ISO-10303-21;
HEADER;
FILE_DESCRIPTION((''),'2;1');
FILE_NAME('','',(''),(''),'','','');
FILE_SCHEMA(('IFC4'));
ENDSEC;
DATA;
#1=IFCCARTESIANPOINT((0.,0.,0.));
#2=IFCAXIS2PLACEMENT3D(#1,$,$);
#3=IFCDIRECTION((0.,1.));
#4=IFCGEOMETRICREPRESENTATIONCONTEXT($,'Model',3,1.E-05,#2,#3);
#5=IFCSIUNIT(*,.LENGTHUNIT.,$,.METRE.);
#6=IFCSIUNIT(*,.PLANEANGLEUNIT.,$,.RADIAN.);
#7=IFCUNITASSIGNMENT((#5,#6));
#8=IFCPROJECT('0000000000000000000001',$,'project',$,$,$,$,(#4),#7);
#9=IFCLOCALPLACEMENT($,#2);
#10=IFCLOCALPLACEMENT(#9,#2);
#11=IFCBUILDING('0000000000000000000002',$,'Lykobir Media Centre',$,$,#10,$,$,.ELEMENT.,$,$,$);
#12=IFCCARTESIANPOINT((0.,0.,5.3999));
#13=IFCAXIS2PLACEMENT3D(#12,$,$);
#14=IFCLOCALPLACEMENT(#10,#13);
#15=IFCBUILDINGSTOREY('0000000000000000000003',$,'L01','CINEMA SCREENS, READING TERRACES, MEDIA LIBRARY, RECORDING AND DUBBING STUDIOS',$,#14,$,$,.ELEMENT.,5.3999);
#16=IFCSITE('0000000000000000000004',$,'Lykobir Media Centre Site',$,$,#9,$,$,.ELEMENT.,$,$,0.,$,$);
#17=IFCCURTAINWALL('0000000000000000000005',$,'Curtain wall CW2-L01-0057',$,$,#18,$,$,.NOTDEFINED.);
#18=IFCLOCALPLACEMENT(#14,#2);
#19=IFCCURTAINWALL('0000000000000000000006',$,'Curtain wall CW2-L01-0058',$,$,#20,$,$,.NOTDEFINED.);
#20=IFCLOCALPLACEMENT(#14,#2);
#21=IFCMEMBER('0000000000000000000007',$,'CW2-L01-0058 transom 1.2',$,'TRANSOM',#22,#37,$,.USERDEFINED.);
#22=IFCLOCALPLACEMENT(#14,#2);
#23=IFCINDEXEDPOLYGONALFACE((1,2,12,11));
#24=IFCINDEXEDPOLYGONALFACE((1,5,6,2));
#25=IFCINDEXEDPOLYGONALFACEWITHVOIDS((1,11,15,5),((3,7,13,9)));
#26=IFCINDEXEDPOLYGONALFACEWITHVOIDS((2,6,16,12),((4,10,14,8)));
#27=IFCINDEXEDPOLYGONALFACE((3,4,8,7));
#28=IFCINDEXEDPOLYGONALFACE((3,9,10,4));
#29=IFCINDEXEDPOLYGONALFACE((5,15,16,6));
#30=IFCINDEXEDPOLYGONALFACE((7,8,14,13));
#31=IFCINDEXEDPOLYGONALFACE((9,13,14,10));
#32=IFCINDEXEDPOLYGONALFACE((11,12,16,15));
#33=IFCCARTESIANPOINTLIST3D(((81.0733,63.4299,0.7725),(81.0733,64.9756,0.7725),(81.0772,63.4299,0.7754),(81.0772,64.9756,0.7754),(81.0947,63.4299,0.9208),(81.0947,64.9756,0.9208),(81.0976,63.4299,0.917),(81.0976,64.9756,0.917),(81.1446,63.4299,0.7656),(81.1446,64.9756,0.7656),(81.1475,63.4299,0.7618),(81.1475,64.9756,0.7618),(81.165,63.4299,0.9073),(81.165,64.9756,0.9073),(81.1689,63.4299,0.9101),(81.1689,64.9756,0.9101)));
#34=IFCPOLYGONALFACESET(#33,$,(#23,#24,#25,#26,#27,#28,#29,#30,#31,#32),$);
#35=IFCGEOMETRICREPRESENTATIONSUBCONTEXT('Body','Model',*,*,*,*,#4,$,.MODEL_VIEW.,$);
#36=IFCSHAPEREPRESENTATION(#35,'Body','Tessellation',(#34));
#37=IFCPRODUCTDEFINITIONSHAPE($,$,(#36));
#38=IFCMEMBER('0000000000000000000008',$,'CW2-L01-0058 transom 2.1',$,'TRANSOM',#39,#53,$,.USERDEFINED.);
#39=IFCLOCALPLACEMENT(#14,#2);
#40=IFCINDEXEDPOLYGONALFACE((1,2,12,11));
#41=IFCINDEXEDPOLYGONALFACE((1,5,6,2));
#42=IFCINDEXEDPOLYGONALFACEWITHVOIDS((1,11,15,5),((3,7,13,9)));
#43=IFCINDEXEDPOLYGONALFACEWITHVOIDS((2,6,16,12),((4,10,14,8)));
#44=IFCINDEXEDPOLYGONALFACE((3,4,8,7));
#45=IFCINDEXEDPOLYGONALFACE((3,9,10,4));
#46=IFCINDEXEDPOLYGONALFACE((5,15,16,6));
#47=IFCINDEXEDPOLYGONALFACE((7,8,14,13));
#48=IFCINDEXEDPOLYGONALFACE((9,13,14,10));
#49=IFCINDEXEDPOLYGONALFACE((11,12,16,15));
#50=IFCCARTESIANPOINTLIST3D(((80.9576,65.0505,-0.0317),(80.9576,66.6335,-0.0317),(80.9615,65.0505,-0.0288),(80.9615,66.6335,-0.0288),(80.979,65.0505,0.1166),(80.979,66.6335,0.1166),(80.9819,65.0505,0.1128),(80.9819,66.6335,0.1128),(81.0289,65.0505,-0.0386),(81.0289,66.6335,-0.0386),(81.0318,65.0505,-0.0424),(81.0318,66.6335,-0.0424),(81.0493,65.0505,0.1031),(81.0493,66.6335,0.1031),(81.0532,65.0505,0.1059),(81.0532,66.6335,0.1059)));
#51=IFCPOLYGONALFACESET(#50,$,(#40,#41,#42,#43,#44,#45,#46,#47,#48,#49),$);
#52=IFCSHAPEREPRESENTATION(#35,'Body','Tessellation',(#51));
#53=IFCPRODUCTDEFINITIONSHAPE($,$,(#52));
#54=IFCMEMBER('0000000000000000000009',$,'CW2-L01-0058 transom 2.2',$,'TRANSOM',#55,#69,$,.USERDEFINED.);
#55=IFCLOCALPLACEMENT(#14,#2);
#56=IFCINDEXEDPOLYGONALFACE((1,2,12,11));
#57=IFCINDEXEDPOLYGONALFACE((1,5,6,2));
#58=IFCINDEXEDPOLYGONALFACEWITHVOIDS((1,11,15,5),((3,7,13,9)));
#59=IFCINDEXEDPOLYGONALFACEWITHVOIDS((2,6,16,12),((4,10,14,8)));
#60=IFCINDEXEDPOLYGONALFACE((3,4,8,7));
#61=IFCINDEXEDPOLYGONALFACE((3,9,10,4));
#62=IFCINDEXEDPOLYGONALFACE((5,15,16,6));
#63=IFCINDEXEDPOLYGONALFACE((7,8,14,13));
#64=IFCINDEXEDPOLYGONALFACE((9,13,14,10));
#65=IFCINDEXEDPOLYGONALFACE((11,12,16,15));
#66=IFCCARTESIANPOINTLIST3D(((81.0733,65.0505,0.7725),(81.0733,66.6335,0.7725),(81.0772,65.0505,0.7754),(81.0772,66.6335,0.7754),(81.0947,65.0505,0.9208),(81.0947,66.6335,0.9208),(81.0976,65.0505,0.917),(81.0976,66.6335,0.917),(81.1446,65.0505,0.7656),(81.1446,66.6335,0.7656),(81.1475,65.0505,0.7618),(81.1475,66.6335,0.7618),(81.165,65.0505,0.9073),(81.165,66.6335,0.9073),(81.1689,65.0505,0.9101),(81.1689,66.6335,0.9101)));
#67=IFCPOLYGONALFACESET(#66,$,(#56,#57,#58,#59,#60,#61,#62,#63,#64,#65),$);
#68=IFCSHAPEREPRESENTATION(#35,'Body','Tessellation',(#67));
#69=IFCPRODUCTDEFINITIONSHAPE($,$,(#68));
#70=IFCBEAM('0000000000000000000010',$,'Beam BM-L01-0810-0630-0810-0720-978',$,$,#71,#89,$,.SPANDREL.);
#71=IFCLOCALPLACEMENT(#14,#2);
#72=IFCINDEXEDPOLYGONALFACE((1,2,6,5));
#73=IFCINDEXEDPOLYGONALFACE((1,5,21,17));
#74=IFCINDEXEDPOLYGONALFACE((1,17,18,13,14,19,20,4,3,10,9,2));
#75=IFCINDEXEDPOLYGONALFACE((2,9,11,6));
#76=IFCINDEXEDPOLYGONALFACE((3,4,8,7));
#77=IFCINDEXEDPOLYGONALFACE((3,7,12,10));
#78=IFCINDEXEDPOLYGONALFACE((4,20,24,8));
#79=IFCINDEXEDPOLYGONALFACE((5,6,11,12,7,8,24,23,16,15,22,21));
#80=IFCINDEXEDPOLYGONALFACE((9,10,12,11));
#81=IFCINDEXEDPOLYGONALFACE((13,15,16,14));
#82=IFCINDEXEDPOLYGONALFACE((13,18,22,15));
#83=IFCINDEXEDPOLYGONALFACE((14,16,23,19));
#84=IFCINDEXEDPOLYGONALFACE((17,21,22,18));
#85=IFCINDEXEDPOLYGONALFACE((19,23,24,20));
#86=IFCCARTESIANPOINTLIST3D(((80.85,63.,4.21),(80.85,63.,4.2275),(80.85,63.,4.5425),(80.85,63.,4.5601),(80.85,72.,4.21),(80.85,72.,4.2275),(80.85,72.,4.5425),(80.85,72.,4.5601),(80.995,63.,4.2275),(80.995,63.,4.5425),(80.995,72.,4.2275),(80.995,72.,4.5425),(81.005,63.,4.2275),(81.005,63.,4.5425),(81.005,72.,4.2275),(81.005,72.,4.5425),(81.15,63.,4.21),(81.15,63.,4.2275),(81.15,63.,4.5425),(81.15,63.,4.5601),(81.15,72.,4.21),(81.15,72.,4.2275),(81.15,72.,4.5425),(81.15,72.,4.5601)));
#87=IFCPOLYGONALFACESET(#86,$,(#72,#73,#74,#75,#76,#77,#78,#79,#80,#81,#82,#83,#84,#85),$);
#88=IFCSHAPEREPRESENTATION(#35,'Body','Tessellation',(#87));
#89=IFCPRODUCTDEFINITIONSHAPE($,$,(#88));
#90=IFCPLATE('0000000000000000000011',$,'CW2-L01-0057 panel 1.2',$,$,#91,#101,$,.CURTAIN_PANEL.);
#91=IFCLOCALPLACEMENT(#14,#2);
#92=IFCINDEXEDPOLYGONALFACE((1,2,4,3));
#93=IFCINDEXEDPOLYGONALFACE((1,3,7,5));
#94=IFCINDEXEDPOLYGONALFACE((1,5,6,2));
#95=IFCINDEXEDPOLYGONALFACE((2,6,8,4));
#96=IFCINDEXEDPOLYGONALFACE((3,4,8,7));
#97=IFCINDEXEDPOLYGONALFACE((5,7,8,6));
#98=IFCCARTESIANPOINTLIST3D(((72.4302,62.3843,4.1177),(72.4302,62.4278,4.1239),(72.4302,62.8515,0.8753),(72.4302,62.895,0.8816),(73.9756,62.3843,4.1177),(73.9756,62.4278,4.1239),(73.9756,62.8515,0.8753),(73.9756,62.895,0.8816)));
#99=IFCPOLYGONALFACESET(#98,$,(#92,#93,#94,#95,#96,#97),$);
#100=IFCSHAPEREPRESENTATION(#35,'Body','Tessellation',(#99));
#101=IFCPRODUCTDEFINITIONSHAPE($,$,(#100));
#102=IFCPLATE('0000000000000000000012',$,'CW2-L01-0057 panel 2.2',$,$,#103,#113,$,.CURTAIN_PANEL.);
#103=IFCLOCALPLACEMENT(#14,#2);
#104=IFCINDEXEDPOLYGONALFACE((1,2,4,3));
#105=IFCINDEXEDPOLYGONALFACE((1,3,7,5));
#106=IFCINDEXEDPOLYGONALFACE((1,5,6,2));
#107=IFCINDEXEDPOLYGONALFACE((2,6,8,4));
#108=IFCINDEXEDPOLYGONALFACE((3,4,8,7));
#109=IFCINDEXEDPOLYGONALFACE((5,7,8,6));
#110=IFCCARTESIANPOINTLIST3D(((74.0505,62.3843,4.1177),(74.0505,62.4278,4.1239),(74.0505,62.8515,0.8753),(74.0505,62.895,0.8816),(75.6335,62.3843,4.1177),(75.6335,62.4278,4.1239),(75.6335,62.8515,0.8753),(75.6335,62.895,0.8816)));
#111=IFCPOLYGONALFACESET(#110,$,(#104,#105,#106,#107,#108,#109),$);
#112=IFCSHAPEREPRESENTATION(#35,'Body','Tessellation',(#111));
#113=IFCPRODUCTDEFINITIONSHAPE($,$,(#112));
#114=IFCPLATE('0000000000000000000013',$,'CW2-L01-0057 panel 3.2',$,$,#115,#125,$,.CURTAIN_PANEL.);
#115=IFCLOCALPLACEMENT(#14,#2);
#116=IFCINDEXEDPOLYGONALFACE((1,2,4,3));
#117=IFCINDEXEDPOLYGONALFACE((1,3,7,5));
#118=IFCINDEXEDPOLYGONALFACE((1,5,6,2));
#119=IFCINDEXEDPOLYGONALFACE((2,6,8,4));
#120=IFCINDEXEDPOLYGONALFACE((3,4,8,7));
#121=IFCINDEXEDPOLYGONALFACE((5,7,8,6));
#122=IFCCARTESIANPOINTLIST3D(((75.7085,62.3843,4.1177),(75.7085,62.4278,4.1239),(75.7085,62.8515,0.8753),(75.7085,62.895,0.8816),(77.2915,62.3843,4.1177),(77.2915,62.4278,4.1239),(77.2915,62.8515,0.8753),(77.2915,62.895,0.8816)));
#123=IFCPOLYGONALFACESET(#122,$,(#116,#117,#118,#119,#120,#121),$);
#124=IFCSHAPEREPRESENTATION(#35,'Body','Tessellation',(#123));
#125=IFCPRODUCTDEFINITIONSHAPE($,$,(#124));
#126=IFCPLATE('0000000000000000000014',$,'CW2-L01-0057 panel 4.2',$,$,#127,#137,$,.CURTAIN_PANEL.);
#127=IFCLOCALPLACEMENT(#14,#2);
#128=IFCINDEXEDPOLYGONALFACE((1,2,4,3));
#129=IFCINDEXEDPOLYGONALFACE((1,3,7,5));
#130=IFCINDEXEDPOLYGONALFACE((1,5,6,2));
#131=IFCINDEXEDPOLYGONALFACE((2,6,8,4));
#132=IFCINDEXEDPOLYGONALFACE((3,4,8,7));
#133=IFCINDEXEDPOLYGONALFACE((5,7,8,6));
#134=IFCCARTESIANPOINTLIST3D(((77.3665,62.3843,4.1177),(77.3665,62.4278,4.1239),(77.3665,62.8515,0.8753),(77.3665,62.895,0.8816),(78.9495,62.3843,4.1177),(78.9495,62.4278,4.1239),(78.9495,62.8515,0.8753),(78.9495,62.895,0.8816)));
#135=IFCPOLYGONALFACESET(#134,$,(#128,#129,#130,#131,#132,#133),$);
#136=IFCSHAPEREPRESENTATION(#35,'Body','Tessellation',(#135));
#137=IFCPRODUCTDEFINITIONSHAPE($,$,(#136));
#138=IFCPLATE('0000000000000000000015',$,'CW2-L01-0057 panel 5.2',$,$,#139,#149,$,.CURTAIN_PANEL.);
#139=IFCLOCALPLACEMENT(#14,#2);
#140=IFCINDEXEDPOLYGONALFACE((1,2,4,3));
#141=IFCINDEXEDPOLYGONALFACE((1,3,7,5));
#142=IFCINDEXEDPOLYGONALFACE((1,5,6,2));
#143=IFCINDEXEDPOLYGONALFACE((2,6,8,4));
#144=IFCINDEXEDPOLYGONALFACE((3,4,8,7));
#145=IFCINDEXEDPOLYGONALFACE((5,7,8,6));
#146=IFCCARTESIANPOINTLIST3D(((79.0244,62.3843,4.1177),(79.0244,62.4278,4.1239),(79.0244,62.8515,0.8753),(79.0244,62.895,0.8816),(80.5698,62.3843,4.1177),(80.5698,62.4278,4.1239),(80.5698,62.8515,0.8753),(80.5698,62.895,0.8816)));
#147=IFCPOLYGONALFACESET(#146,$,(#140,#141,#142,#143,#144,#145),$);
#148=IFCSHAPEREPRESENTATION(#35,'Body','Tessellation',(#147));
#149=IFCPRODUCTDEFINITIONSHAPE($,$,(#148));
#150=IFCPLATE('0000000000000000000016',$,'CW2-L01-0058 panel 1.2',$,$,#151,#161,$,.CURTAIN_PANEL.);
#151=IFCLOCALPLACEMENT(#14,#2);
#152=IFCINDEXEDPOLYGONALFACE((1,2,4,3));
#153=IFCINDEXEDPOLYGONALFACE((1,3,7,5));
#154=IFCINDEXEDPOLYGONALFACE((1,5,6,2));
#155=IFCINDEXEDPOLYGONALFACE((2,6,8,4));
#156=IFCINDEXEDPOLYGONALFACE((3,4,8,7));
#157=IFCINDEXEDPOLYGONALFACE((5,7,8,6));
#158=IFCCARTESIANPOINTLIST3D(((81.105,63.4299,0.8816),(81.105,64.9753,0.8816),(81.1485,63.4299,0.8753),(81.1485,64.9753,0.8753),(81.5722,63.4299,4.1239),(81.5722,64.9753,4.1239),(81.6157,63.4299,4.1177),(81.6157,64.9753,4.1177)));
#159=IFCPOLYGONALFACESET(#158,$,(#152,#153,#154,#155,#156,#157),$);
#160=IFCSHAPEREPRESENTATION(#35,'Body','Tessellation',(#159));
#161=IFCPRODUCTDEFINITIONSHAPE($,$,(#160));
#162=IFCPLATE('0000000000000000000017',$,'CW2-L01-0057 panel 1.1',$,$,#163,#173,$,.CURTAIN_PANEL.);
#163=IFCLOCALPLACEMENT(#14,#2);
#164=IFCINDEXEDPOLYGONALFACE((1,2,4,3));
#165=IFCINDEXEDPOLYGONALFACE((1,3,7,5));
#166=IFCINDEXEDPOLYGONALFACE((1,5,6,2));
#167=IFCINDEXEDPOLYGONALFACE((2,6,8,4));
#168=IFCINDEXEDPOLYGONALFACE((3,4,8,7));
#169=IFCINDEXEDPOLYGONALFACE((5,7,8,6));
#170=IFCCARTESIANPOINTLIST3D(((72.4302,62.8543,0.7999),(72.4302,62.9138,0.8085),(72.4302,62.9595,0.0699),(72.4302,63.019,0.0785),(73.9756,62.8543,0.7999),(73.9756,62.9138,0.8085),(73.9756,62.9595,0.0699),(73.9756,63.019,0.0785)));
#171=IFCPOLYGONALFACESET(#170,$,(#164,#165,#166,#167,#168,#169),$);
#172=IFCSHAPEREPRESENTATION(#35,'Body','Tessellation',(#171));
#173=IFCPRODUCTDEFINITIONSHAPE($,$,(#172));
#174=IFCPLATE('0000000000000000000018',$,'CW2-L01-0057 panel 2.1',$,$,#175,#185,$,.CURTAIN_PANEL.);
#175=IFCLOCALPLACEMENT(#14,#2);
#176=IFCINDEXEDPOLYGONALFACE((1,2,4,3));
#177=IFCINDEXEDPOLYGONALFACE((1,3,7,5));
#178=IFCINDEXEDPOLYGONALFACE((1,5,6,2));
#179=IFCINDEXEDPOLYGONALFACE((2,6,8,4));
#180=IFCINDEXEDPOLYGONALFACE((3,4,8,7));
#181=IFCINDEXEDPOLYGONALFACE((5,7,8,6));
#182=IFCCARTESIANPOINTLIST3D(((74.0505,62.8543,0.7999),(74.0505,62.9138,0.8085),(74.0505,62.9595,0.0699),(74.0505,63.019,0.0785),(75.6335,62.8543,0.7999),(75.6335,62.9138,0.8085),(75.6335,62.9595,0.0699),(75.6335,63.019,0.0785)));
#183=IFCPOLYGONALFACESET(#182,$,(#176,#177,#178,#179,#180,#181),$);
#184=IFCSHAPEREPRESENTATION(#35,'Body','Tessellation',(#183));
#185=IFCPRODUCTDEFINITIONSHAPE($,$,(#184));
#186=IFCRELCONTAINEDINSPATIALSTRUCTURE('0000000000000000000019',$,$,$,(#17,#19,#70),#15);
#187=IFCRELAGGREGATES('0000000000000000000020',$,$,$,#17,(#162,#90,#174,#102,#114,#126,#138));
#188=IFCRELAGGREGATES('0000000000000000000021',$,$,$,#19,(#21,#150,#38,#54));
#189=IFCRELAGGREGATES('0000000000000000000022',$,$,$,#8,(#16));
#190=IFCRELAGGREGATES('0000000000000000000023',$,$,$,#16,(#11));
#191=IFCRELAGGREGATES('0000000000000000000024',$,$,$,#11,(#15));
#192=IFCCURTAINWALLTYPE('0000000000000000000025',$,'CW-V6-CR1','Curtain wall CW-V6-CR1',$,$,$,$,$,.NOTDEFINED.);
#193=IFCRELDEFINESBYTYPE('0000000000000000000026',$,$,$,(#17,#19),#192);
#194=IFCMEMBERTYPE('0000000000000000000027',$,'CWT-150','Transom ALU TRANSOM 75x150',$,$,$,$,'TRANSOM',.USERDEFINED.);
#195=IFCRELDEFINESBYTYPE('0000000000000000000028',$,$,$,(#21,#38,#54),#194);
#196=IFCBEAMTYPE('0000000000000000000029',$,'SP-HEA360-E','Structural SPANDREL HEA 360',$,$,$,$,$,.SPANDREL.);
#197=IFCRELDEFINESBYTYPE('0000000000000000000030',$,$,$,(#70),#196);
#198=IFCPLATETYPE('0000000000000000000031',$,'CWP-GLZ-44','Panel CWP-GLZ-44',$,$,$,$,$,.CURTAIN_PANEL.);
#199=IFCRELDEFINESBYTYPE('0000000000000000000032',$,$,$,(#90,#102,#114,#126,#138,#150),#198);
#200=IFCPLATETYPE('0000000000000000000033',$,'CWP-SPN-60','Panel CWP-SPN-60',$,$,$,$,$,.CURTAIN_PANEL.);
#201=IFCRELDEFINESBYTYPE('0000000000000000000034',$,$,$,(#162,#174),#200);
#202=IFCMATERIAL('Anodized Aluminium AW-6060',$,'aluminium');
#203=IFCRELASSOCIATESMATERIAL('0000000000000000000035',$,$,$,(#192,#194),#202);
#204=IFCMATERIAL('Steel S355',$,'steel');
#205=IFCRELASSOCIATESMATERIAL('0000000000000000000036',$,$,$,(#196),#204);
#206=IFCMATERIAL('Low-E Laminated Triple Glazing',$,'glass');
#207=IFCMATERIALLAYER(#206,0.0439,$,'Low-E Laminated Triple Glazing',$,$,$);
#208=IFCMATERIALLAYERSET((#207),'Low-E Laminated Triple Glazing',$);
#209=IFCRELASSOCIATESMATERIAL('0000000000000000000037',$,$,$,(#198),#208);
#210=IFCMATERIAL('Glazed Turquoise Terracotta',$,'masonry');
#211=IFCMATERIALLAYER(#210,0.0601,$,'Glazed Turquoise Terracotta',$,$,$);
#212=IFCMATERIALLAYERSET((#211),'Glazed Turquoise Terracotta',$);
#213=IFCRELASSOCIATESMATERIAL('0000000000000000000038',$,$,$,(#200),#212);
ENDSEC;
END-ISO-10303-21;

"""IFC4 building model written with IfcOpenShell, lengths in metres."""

from ifc_helpers import new_model, si_unit, direction, frame, origin, origin_2d, place, context, subcontext, project, spatial, rectangle, hollow_rectangle, i_section, extrude, material, layer, layer_set, material_profile, profile_set, type_object, element, aggregate, save


model = new_model("IFC4")

# Units and contexts
model_context = context("Model", 3, precision=1e-05, world=origin(), true_north=direction((0.0, 1.0)))
body_context = subcontext(model_context, "Body", "Model", "MODEL_VIEW")
ifc_project = project(units=[si_unit("LENGTHUNIT", "METRE"), si_unit("PLANEANGLEUNIT", "RADIAN")], contexts=[model_context])

# Site, building, storey
site_placement = place(None, origin())
site = spatial("IfcSite", under=ifc_project, at=site_placement, Name="Lykobir Media Centre Site", CompositionType="ELEMENT", RefElevation=0.0)
building_placement = place(site_placement, origin())
building = spatial("IfcBuilding", under=site, at=building_placement, Name="Lykobir Media Centre", CompositionType="ELEMENT")
storey_placement = place(building_placement, frame((0.0, 0.0, 5.3999)))
storey = spatial("IfcBuildingStorey", under=building, at=storey_placement, Name="L01", Description="CINEMA SCREENS, READING TERRACES, MEDIA LIBRARY, RECORDING AND DUBBING STUDIOS", CompositionType="ELEMENT", Elevation=5.3999)

# Curtain walls
ifc_material_1 = material(Name="Anodized Aluminium AW-6060", Category="aluminium")
curtain_wall_type = type_object("IfcCurtainWallType", Name="CW-V6-CR1", Description="Curtain wall CW-V6-CR1", PredefinedType="NOTDEFINED", material=ifc_material_1)
curtain_wall_1_placement = place(storey_placement, origin())
curtain_wall_1 = element("IfcCurtainWall", 1, at=curtain_wall_1_placement, inside=storey, type_object=curtain_wall_type, Name="Curtain wall CW2-L01-0057", PredefinedType="NOTDEFINED")
curtain_wall_2_placement = place(storey_placement, origin())
curtain_wall_2 = element("IfcCurtainWall", 2, at=curtain_wall_2_placement, inside=storey, type_object=curtain_wall_type, Name="Curtain wall CW2-L01-0058", PredefinedType="NOTDEFINED")

# Members
ifc_material_profile_1 = material_profile(ifc_material_1, hollow_rectangle(XDim=0.075, YDim=0.1499, WallThickness=0.0034, at=origin_2d()), Name="ALU TRANSOM 75x150")
ifc_profile_set_1 = profile_set([ifc_material_profile_1], Name="Anodized Aluminium AW-6060")
member_type_1 = type_object("IfcMemberType", Name="CWT-150", Description="Transom ALU TRANSOM 75x150", ElementType="TRANSOM", PredefinedType="USERDEFINED", material=ifc_profile_set_1)
member_1_placement = place(storey_placement, frame((81.1211, 63.4299, 0.8413), z_axis=(0.0, 1.0, 0.0), x_axis=(-0.989776, 0.0, 0.142629)))
member_1 = element("IfcMember", 3, at=member_1_placement, type_object=member_type_1, Name="CW2-L01-0058 transom 1.2", ObjectType="TRANSOM", PredefinedType="USERDEFINED", context=body_context, shape_type="SweptSolid", body=[
    extrude(hollow_rectangle(XDim=0.075, YDim=0.1499, WallThickness=0.0034, at=origin_2d()), origin(), (0.0, 0.0, 1.0), 1.5457),
])
member_2_placement = place(storey_placement, frame((81.0054, 65.0505, 0.0371), z_axis=(0.0, 1.0, 0.0), x_axis=(-0.989776, 0.0, 0.142629)))
member_2 = element("IfcMember", 4, at=member_2_placement, type_object=member_type_1, Name="CW2-L01-0058 transom 2.1", ObjectType="TRANSOM", PredefinedType="USERDEFINED", context=body_context, shape_type="SweptSolid", body=[
    extrude(hollow_rectangle(XDim=0.075, YDim=0.1499, WallThickness=0.0034, at=origin_2d()), origin(), (0.0, 0.0, 1.0), 1.583),
])
member_3_placement = place(storey_placement, frame((81.1211, 65.0505, 0.8413), z_axis=(0.0, 1.0, 0.0), x_axis=(-0.989776, 0.0, 0.142629)))
member_3 = element("IfcMember", 5, at=member_3_placement, type_object=member_type_1, Name="CW2-L01-0058 transom 2.2", ObjectType="TRANSOM", PredefinedType="USERDEFINED", context=body_context, shape_type="SweptSolid", body=[
    extrude(hollow_rectangle(XDim=0.075, YDim=0.1499, WallThickness=0.0034, at=origin_2d()), origin(), (0.0, 0.0, 1.0), 1.583),
])

# Beam
ifc_material_2 = material(Name="Steel S355", Category="steel")
ifc_material_profile_2 = material_profile(ifc_material_2, i_section(OverallWidth=0.3, OverallDepth=0.3501, WebThickness=0.01, FlangeThickness=0.0176, at=origin_2d()), Name="HEA 360")
ifc_profile_set_2 = profile_set([ifc_material_profile_2], Name="Steel S355")
beam_type = type_object("IfcBeamType", Name="SP-HEA360-E", Description="Structural SPANDREL HEA 360", PredefinedType="SPANDREL", material=ifc_profile_set_2)
beam_placement = place(storey_placement, frame((81.0, 63.0, 4.385), z_axis=(0.0, 1.0, 0.0), x_axis=(-1.0, 0.0, 0.0)))
element("IfcBeam", 6, at=beam_placement, inside=storey, type_object=beam_type, Name="Beam BM-L01-0810-0630-0810-0720-978", PredefinedType="SPANDREL", context=body_context, shape_type="SweptSolid", body=[
    extrude(i_section(OverallWidth=0.3, OverallDepth=0.3501, WebThickness=0.01, FlangeThickness=0.0176, at=origin_2d()), origin(), (0.0, 0.0, 1.0), 9.0),
])

# Plates
ifc_material_3 = material(Name="Low-E Laminated Triple Glazing", Category="glass")
ifc_layer_1 = layer(ifc_material_3, 0.0439, Name="Low-E Laminated Triple Glazing")
ifc_layer_set_1 = layer_set([ifc_layer_1], Name="Low-E Laminated Triple Glazing")
plate_type_1 = type_object("IfcPlateType", Name="CWP-GLZ-44", Description="Panel CWP-GLZ-44", PredefinedType="CURTAIN_PANEL", material=ifc_layer_set_1)
plate_1_placement = place(storey_placement, frame((73.2029, 62.8733, 0.8784), z_axis=(0.0, -0.142629, 0.989776), x_axis=(1.0, 0.0, 0.0)))
plate_1 = element("IfcPlate", 7, at=plate_1_placement, type_object=plate_type_1, Name="CW2-L01-0057 panel 1.2", PredefinedType="CURTAIN_PANEL", context=body_context, shape_type="SweptSolid", body=[
    extrude(rectangle(XDim=1.5454, YDim=0.0439, at=origin_2d()), origin(), (0.0, 0.0, 1.0), 3.2759),
])
plate_2_placement = place(storey_placement, frame((74.842, 62.8733, 0.8784), z_axis=(0.0, -0.142629, 0.989776), x_axis=(1.0, 0.0, 0.0)))
plate_2 = element("IfcPlate", 8, at=plate_2_placement, type_object=plate_type_1, Name="CW2-L01-0057 panel 2.2", PredefinedType="CURTAIN_PANEL", context=body_context, shape_type="SweptSolid", body=[
    extrude(rectangle(XDim=1.583, YDim=0.0439, at=origin_2d()), origin(), (0.0, 0.0, 1.0), 3.2759),
])
plate_3_placement = place(storey_placement, frame((76.5, 62.8733, 0.8784), z_axis=(0.0, -0.142629, 0.989776), x_axis=(1.0, 0.0, 0.0)))
plate_3 = element("IfcPlate", 9, at=plate_3_placement, type_object=plate_type_1, Name="CW2-L01-0057 panel 3.2", PredefinedType="CURTAIN_PANEL", context=body_context, shape_type="SweptSolid", body=[
    extrude(rectangle(XDim=1.583, YDim=0.0439, at=origin_2d()), origin(), (0.0, 0.0, 1.0), 3.2759),
])
plate_4_placement = place(storey_placement, frame((78.158, 62.8733, 0.8784), z_axis=(0.0, -0.142629, 0.989776), x_axis=(1.0, 0.0, 0.0)))
plate_4 = element("IfcPlate", 10, at=plate_4_placement, type_object=plate_type_1, Name="CW2-L01-0057 panel 4.2", PredefinedType="CURTAIN_PANEL", context=body_context, shape_type="SweptSolid", body=[
    extrude(rectangle(XDim=1.583, YDim=0.0439, at=origin_2d()), origin(), (0.0, 0.0, 1.0), 3.2759),
])
plate_5_placement = place(storey_placement, frame((79.7971, 62.8733, 0.8784), z_axis=(0.0, -0.142629, 0.989776), x_axis=(1.0, 0.0, 0.0)))
plate_5 = element("IfcPlate", 11, at=plate_5_placement, type_object=plate_type_1, Name="CW2-L01-0057 panel 5.2", PredefinedType="CURTAIN_PANEL", context=body_context, shape_type="SweptSolid", body=[
    extrude(rectangle(XDim=1.5454, YDim=0.0439, at=origin_2d()), origin(), (0.0, 0.0, 1.0), 3.2759),
])
plate_6_placement = place(storey_placement, frame((81.1267, 64.2026, 0.8784), z_axis=(0.142629, 0.0, 0.989776), x_axis=(0.0, 1.0, 0.0)))
plate_6 = element("IfcPlate", 12, at=plate_6_placement, type_object=plate_type_1, Name="CW2-L01-0058 panel 1.2", PredefinedType="CURTAIN_PANEL", context=body_context, shape_type="SweptSolid", body=[
    extrude(rectangle(XDim=1.5454, YDim=0.0439, at=origin_2d()), origin(), (0.0, 0.0, 1.0), 3.2759),
])
ifc_material_4 = material(Name="Glazed Turquoise Terracotta", Category="masonry")
ifc_layer_2 = layer(ifc_material_4, 0.0601, Name="Glazed Turquoise Terracotta")
ifc_layer_set_2 = layer_set([ifc_layer_2], Name="Glazed Turquoise Terracotta")
plate_type_2 = type_object("IfcPlateType", Name="CWP-SPN-60", Description="Panel CWP-SPN-60", PredefinedType="CURTAIN_PANEL", material=ifc_layer_set_2)
plate_7_placement = place(storey_placement, frame((73.2029, 62.9893, 0.0742), z_axis=(0.0, -0.142629, 0.989776), x_axis=(1.0, 0.0, 0.0)))
plate_7 = element("IfcPlate", 13, at=plate_7_placement, type_object=plate_type_2, Name="CW2-L01-0057 panel 1.1", PredefinedType="CURTAIN_PANEL", context=body_context, shape_type="SweptSolid", body=[
    extrude(rectangle(XDim=1.5454, YDim=0.0601, at=origin_2d()), origin(), (0.0, 0.0, 1.0), 0.7375),
])
plate_8_placement = place(storey_placement, frame((74.842, 62.9893, 0.0742), z_axis=(0.0, -0.142629, 0.989776), x_axis=(1.0, 0.0, 0.0)))
plate_8 = element("IfcPlate", 14, at=plate_8_placement, type_object=plate_type_2, Name="CW2-L01-0057 panel 2.1", PredefinedType="CURTAIN_PANEL", context=body_context, shape_type="SweptSolid", body=[
    extrude(rectangle(XDim=1.583, YDim=0.0601, at=origin_2d()), origin(), (0.0, 0.0, 1.0), 0.7375),
])
aggregate(curtain_wall_1, [plate_7, plate_1, plate_8, plate_2, plate_3, plate_4, plate_5])
aggregate(curtain_wall_2, [member_1, plate_6, member_2, member_3])

save(model, "model.ifc")
